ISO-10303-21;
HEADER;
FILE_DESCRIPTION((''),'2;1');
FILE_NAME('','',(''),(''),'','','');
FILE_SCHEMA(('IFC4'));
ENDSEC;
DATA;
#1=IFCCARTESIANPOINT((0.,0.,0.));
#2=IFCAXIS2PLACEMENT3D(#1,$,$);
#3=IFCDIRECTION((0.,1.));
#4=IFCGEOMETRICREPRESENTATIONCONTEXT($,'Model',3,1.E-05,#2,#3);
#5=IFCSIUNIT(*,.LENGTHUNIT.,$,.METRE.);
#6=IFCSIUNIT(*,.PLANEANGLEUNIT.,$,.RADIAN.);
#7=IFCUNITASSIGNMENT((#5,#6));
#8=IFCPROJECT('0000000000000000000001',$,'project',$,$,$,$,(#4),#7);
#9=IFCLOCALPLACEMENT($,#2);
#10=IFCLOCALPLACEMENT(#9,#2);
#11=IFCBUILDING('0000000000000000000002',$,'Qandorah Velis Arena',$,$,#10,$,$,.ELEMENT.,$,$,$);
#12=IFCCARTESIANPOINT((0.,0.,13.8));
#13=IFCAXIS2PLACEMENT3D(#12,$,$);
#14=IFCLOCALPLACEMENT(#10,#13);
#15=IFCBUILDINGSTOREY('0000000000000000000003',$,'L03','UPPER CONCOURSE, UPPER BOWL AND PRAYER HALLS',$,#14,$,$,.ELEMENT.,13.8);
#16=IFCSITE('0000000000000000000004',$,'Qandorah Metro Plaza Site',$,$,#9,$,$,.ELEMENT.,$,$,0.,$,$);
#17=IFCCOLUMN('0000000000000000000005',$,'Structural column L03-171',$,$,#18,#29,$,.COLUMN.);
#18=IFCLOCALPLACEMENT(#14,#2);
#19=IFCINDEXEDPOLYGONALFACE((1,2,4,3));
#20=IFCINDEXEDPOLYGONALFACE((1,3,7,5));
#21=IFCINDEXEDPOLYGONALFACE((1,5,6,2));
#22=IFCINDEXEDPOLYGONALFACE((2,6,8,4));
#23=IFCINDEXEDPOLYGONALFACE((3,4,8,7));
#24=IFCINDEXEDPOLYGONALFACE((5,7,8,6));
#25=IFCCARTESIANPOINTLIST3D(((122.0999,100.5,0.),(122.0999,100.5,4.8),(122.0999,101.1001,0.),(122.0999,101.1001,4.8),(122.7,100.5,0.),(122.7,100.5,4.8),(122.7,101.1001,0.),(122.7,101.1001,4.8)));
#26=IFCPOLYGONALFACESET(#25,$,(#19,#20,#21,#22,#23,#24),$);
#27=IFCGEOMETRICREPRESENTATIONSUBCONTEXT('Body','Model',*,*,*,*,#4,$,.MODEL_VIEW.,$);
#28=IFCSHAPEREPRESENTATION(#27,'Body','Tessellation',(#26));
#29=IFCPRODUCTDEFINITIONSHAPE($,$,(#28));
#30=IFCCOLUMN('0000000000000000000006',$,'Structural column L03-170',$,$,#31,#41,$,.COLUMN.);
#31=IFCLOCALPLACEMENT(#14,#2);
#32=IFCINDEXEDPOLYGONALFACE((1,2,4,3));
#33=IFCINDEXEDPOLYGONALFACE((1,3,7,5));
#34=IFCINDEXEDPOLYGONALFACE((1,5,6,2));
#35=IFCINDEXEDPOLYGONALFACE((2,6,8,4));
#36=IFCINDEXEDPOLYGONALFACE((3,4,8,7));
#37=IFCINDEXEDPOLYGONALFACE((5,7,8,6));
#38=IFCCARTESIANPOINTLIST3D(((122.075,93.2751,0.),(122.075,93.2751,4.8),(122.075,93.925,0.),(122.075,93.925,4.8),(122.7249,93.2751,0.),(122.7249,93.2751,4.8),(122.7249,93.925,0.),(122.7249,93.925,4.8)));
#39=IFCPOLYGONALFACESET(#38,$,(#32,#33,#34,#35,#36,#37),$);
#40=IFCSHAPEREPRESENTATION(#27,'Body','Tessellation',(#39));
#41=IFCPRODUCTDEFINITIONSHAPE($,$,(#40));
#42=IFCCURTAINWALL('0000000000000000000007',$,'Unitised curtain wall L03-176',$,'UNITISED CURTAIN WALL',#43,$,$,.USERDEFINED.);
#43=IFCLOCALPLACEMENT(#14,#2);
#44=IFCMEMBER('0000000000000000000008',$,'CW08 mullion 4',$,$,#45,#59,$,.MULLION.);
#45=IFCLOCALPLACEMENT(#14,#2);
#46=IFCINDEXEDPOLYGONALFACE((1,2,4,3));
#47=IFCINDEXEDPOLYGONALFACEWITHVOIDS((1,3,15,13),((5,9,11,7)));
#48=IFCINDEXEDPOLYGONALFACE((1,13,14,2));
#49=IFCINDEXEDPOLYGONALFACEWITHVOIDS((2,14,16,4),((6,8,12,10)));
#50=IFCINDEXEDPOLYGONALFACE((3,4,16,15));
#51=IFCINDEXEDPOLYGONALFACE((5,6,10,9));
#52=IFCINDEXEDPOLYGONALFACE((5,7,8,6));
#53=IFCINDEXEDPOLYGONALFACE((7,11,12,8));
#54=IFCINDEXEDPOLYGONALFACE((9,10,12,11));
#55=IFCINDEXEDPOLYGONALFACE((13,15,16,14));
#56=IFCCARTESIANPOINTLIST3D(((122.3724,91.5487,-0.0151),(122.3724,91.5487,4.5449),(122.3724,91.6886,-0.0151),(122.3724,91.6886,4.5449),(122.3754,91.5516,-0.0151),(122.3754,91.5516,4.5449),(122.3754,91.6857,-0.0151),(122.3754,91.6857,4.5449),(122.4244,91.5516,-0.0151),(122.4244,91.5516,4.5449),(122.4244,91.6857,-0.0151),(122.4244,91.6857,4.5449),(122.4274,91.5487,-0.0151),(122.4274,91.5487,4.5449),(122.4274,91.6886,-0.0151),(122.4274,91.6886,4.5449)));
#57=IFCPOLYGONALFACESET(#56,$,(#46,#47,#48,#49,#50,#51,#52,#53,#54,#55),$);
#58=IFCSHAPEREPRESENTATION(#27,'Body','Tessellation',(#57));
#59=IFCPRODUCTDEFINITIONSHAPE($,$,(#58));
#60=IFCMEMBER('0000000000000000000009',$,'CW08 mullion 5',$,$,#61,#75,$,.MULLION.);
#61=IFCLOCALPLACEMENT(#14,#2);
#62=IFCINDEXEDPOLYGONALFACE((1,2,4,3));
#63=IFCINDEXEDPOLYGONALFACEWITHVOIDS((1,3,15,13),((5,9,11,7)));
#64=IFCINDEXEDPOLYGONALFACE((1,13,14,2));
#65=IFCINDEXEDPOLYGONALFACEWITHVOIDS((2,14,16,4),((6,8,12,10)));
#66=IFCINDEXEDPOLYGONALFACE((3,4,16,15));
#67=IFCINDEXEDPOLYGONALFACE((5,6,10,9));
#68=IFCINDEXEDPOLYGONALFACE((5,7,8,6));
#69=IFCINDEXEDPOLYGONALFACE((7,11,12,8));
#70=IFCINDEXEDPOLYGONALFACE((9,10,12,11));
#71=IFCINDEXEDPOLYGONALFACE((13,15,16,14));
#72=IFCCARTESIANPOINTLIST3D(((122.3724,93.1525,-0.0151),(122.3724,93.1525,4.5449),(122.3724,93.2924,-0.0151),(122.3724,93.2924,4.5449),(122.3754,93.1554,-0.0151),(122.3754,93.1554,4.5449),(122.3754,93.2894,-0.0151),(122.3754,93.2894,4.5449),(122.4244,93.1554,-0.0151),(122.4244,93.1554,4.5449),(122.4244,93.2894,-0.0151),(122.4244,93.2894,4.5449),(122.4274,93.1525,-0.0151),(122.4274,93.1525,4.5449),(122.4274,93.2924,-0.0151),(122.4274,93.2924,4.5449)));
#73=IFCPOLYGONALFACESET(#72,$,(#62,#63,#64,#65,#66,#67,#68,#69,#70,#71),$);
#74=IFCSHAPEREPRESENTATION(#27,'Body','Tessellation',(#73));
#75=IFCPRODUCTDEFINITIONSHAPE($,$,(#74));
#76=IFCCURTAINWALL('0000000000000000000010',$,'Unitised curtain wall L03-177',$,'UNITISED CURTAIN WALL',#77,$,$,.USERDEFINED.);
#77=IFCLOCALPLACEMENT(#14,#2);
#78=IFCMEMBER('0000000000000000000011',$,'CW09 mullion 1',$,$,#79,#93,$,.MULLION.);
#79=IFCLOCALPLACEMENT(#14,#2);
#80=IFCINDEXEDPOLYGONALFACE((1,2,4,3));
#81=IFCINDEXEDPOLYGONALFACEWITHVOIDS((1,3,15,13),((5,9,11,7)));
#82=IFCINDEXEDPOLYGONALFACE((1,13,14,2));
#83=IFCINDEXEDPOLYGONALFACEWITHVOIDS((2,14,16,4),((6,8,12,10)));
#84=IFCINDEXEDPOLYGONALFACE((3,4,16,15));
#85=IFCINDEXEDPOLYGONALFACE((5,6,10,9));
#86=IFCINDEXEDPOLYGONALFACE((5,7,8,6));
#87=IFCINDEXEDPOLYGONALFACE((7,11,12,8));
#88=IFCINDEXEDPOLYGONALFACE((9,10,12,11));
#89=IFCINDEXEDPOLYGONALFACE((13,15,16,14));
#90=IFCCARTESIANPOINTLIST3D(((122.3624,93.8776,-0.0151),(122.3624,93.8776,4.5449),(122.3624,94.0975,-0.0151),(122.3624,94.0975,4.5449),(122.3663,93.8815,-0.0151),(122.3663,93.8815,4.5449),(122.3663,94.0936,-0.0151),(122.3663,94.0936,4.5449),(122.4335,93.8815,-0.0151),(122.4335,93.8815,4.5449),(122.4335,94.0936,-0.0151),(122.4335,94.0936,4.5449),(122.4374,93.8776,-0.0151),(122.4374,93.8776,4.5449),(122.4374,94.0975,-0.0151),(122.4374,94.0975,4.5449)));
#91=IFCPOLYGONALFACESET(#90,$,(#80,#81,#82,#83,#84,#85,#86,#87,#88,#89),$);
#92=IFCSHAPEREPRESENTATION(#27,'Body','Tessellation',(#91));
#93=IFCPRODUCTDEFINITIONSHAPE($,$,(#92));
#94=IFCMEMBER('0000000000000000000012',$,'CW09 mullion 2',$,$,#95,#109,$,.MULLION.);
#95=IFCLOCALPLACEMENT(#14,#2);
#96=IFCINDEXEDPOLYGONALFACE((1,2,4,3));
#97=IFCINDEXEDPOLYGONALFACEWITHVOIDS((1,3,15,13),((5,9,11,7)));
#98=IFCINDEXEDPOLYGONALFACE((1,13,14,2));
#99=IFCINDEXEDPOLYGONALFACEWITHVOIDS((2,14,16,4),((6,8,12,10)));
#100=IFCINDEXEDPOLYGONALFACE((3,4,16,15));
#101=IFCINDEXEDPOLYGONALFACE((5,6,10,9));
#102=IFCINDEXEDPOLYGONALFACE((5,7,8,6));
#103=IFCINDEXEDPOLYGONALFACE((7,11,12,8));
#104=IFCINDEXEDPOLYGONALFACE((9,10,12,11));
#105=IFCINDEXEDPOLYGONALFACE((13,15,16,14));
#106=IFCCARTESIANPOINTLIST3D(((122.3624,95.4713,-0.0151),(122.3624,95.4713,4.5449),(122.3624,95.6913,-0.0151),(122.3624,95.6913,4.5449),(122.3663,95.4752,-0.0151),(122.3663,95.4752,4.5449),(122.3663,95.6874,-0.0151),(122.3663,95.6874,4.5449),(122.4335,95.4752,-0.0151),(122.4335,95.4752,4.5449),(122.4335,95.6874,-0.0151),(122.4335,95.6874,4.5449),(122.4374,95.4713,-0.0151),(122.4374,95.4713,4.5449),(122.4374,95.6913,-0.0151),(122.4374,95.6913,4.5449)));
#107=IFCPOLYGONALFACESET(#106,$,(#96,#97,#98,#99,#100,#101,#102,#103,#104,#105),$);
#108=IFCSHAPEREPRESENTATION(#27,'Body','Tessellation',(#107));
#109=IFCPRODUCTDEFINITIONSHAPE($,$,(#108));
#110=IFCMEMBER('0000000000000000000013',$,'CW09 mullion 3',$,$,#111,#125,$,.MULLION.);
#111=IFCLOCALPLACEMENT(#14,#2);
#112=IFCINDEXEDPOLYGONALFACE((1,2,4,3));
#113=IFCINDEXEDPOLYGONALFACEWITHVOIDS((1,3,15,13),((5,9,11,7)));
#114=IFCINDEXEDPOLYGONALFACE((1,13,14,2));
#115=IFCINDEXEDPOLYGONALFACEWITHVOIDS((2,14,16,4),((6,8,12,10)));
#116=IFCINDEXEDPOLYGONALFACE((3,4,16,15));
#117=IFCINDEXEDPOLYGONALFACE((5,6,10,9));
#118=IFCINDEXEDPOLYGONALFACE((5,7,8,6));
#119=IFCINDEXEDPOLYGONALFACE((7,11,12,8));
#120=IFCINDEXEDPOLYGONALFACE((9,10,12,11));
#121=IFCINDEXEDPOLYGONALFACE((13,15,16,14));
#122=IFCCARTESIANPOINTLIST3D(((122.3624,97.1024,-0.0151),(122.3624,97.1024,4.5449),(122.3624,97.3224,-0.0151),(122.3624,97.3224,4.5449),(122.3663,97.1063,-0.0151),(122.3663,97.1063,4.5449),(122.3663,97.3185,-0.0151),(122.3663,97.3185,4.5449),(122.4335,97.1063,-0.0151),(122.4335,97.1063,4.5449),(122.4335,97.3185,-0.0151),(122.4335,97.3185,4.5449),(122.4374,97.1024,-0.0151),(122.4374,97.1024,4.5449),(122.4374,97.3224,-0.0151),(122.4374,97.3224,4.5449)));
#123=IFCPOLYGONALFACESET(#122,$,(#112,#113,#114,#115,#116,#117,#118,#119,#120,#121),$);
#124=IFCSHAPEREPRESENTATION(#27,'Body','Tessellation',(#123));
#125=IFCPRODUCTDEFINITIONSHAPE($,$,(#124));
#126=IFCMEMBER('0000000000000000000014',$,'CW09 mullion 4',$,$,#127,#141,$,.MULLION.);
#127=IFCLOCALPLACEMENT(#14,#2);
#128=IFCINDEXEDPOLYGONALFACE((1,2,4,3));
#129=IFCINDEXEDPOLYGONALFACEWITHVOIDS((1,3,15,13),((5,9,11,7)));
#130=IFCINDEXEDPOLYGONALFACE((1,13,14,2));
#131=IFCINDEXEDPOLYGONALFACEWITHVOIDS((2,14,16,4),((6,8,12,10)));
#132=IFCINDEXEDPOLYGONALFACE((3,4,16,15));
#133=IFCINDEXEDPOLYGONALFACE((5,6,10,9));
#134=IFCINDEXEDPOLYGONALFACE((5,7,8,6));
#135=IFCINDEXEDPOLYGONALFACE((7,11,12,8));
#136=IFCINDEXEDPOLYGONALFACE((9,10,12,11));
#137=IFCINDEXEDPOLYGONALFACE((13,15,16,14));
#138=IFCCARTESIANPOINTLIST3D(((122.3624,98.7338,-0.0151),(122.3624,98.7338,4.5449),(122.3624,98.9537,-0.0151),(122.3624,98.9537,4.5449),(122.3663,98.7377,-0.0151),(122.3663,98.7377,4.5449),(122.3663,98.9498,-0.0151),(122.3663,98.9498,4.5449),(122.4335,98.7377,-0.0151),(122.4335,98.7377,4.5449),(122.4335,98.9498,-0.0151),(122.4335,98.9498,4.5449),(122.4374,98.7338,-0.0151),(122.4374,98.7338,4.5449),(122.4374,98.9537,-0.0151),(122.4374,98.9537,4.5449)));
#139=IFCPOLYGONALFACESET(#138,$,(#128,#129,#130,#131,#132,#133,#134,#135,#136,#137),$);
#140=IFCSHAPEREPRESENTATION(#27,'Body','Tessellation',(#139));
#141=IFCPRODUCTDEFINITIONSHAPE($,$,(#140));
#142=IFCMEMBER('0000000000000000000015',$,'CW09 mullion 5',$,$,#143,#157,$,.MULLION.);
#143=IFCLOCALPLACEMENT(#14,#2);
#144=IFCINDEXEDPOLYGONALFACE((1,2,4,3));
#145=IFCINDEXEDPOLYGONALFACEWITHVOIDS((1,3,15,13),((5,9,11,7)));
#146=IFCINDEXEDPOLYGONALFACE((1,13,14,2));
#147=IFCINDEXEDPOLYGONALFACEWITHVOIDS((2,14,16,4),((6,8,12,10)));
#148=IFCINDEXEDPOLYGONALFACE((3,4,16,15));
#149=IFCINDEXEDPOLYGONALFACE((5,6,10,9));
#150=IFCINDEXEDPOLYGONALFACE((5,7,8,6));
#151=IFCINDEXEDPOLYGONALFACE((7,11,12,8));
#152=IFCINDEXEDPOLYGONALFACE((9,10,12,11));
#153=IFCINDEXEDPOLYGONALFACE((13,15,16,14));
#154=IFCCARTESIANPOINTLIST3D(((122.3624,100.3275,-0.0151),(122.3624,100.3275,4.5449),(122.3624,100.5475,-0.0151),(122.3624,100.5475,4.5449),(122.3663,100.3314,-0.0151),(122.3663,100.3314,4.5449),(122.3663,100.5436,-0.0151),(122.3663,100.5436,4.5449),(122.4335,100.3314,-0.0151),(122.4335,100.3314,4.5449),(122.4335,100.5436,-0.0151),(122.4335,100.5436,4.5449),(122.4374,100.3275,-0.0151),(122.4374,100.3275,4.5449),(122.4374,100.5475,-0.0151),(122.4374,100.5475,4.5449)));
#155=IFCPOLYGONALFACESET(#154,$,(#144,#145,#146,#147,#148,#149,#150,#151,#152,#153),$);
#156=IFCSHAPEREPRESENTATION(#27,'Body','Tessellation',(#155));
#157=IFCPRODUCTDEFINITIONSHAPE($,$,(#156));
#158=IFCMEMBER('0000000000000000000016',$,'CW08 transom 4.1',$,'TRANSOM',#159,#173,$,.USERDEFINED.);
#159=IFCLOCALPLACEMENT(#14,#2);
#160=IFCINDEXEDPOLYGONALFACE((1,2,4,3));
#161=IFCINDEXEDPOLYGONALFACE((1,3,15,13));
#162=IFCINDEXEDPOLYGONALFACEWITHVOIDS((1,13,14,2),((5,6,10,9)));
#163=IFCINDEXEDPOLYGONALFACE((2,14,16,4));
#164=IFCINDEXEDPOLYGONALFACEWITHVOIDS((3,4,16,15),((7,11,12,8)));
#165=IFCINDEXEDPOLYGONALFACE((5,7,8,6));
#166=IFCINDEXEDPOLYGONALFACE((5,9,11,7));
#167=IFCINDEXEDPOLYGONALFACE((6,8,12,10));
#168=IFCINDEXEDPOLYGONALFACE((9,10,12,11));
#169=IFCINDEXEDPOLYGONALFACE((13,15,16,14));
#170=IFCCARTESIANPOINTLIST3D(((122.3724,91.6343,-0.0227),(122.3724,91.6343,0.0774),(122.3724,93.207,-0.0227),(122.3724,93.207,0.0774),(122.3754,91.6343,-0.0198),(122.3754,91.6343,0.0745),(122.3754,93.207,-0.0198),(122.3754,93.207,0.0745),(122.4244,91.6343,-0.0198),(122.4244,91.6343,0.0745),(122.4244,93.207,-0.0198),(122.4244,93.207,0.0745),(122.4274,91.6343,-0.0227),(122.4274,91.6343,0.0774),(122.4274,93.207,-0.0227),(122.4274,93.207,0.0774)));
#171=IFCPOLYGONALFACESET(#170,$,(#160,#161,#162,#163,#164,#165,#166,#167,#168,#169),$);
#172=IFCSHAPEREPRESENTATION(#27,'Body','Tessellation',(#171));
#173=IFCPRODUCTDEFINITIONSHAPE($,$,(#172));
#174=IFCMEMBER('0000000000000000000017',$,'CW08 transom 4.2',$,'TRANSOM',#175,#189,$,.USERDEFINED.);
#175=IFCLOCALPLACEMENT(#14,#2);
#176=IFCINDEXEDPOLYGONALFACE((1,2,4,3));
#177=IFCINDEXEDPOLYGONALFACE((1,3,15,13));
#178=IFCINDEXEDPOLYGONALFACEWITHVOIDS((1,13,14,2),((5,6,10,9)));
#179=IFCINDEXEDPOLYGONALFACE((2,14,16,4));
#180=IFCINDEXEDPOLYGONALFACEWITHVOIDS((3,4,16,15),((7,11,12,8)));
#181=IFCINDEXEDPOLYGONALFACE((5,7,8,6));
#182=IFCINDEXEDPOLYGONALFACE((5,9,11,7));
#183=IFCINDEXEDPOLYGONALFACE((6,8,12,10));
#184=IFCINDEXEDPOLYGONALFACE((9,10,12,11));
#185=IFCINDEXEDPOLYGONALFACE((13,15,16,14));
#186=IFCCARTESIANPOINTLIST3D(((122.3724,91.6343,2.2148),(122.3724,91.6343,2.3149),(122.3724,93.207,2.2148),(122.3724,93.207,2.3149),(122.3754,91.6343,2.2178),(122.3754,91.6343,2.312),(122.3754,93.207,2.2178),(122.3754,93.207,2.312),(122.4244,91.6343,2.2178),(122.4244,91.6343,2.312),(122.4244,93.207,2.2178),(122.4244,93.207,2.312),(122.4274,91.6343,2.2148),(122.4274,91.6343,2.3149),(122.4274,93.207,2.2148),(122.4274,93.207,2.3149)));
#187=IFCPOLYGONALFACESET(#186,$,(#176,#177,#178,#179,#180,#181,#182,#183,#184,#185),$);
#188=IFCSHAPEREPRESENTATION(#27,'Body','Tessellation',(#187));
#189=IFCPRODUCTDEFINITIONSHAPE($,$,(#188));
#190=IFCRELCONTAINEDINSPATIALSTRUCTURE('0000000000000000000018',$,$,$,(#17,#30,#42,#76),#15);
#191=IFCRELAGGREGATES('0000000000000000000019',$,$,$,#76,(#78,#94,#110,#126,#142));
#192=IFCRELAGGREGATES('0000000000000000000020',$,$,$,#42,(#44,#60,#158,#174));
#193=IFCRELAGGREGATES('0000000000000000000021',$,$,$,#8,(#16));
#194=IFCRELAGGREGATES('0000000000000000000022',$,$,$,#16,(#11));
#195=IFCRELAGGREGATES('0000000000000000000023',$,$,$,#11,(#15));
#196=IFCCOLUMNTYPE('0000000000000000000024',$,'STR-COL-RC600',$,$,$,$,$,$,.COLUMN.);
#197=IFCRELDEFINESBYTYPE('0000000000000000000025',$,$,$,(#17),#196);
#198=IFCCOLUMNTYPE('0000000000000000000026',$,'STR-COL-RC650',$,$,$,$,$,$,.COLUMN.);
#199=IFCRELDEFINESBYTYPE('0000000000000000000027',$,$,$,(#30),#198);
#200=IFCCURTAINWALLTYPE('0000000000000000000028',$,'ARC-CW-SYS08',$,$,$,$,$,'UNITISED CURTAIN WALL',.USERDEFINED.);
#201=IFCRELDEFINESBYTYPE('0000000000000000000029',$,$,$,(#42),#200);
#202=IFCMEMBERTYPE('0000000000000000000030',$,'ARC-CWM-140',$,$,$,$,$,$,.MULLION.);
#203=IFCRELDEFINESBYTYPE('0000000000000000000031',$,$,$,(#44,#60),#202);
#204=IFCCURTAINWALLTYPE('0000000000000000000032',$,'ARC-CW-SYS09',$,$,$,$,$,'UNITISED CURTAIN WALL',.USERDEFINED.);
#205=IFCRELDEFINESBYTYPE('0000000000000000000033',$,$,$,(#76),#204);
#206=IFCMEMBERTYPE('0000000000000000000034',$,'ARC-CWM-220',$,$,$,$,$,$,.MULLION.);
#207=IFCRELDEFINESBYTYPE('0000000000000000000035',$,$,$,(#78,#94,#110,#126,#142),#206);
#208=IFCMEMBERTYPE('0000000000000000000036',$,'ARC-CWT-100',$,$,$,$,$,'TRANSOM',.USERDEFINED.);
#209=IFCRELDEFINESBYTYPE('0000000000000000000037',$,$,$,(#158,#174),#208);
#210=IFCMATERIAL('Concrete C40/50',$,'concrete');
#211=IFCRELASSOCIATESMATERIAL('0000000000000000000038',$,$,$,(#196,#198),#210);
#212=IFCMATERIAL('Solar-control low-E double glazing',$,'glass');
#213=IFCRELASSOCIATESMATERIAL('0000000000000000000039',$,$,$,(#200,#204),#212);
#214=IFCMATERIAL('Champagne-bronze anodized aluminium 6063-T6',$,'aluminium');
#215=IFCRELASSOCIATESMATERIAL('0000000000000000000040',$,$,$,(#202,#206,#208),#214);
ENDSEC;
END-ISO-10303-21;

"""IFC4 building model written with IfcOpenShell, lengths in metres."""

from ifc_helpers import new_model, si_unit, direction, frame, origin, origin_2d, place, context, subcontext, project, spatial, rectangle, hollow_rectangle, extrude, material, material_profile, profile_set, type_object, element, aggregate, save


model = new_model("IFC4")

# Units and contexts
model_context = context("Model", 3, precision=1e-05, world=origin(), true_north=direction((0.0, 1.0)))
body_context = subcontext(model_context, "Body", "Model", "MODEL_VIEW")
ifc_project = project(units=[si_unit("LENGTHUNIT", "METRE"), si_unit("PLANEANGLEUNIT", "RADIAN")], contexts=[model_context])

# Site, building, storey
site_placement = place(None, origin())
site = spatial("IfcSite", under=ifc_project, at=site_placement, Name="Qandorah Metro Plaza Site", CompositionType="ELEMENT", RefElevation=0.0)
building_placement = place(site_placement, origin())
building = spatial("IfcBuilding", under=site, at=building_placement, Name="Qandorah Velis Arena", CompositionType="ELEMENT")
storey_placement = place(building_placement, frame((0.0, 0.0, 13.8)))
storey = spatial("IfcBuildingStorey", under=building, at=storey_placement, Name="L03", Description="UPPER CONCOURSE, UPPER BOWL AND PRAYER HALLS", CompositionType="ELEMENT", Elevation=13.8)

# Columns
ifc_material_1 = material(Name="Concrete C40/50", Category="concrete")
ifc_material_profile_1 = material_profile(ifc_material_1, rectangle(XDim=0.6001, YDim=0.6001, at=origin_2d()), Name="RC COL 600x600")
ifc_profile_set_1 = profile_set([ifc_material_profile_1], Name="Concrete C40/50")
column_type_1 = type_object("IfcColumnType", Name="STR-COL-RC600", PredefinedType="COLUMN", material=ifc_profile_set_1)
column_1_placement = place(storey_placement, frame((122.3999, 100.8, 0.0), z_axis=(0.0, 0.0, 1.0), x_axis=(1.0, 0.0, 0.0)))
element("IfcColumn", 1, at=column_1_placement, inside=storey, type_object=column_type_1, Name="Structural column L03-171", PredefinedType="COLUMN", context=body_context, shape_type="SweptSolid", body=[
    extrude(rectangle(XDim=0.6001, YDim=0.6001, at=origin_2d()), origin(), (0.0, 0.0, 1.0), 4.8),
])
ifc_material_profile_2 = material_profile(ifc_material_1, rectangle(XDim=0.6499, YDim=0.6499, at=origin_2d()), Name="RC COL 650x650")
ifc_profile_set_2 = profile_set([ifc_material_profile_2], Name="Concrete C40/50")
column_type_2 = type_object("IfcColumnType", Name="STR-COL-RC650", PredefinedType="COLUMN", material=ifc_profile_set_2)
column_2_placement = place(storey_placement, frame((122.3999, 93.6001, 0.0), z_axis=(0.0, 0.0, 1.0), x_axis=(1.0, 0.0, 0.0)))
element("IfcColumn", 2, at=column_2_placement, inside=storey, type_object=column_type_2, Name="Structural column L03-170", PredefinedType="COLUMN", context=body_context, shape_type="SweptSolid", body=[
    extrude(rectangle(XDim=0.6499, YDim=0.6499, at=origin_2d()), origin(), (0.0, 0.0, 1.0), 4.8),
])

# Curtain walls, members
ifc_material_2 = material(Name="Solar-control low-E double glazing", Category="glass")
curtain_wall_type_1 = type_object("IfcCurtainWallType", Name="ARC-CW-SYS08", ElementType="UNITISED CURTAIN WALL", PredefinedType="USERDEFINED", material=ifc_material_2)
curtain_wall_1_placement = place(storey_placement, origin())
curtain_wall_1 = element("IfcCurtainWall", 3, at=curtain_wall_1_placement, inside=storey, type_object=curtain_wall_type_1, Name="Unitised curtain wall L03-176", ObjectType="UNITISED CURTAIN WALL", PredefinedType="USERDEFINED")
ifc_material_3 = material(Name="Champagne-bronze anodized aluminium 6063-T6", Category="aluminium")
ifc_material_profile_3 = material_profile(ifc_material_3, hollow_rectangle(XDim=0.0549, YDim=0.1399, WallThickness=0.0029, at=origin_2d()), Name="ALU MULLION 55x140")
ifc_profile_set_3 = profile_set([ifc_material_profile_3], Name="Champagne-bronze anodized aluminium 6063-T6")
member_type_1 = type_object("IfcMemberType", Name="ARC-CWM-140", PredefinedType="MULLION", material=ifc_profile_set_3)
member_1_placement = place(storey_placement, frame((122.3999, 91.6187, -0.0151), z_axis=(0.0, 0.0, 1.0), x_axis=(-1.0, 0.0, 0.0)))
member_1 = element("IfcMember", 4, at=member_1_placement, type_object=member_type_1, Name="CW08 mullion 4", PredefinedType="MULLION", context=body_context, shape_type="SweptSolid", body=[
    extrude(hollow_rectangle(XDim=0.0549, YDim=0.1399, WallThickness=0.0029, at=origin_2d()), origin(), (0.0, 0.0, 1.0), 4.5601),
])
member_2_placement = place(storey_placement, frame((122.3999, 93.2224, -0.0151), z_axis=(0.0, 0.0, 1.0), x_axis=(-1.0, 0.0, 0.0)))
member_2 = element("IfcMember", 5, at=member_2_placement, type_object=member_type_1, Name="CW08 mullion 5", PredefinedType="MULLION", context=body_context, shape_type="SweptSolid", body=[
    extrude(hollow_rectangle(XDim=0.0549, YDim=0.1399, WallThickness=0.0029, at=origin_2d()), origin(), (0.0, 0.0, 1.0), 4.5601),
])
curtain_wall_type_2 = type_object("IfcCurtainWallType", Name="ARC-CW-SYS09", ElementType="UNITISED CURTAIN WALL", PredefinedType="USERDEFINED", material=ifc_material_2)
curtain_wall_2_placement = place(storey_placement, origin())
curtain_wall_2 = element("IfcCurtainWall", 6, at=curtain_wall_2_placement, inside=storey, type_object=curtain_wall_type_2, Name="Unitised curtain wall L03-177", ObjectType="UNITISED CURTAIN WALL", PredefinedType="USERDEFINED")
ifc_material_profile_4 = material_profile(ifc_material_3, hollow_rectangle(XDim=0.075, YDim=0.22, WallThickness=0.0039, at=origin_2d()), Name="ALU MULLION 75x220")
ifc_profile_set_4 = profile_set([ifc_material_profile_4], Name="Champagne-bronze anodized aluminium 6063-T6")
member_type_2 = type_object("IfcMemberType", Name="ARC-CWM-220", PredefinedType="MULLION", material=ifc_profile_set_4)
member_3_placement = place(storey_placement, frame((122.3999, 93.9875, -0.0151), z_axis=(0.0, 0.0, 1.0), x_axis=(-1.0, 0.0, 0.0)))
member_3 = element("IfcMember", 7, at=member_3_placement, type_object=member_type_2, Name="CW09 mullion 1", PredefinedType="MULLION", context=body_context, shape_type="SweptSolid", body=[
    extrude(hollow_rectangle(XDim=0.075, YDim=0.22, WallThickness=0.0039, at=origin_2d()), origin(), (0.0, 0.0, 1.0), 4.5601),
])
member_4_placement = place(storey_placement, frame((122.3999, 95.5813, -0.0151), z_axis=(0.0, 0.0, 1.0), x_axis=(-1.0, 0.0, 0.0)))
member_4 = element("IfcMember", 8, at=member_4_placement, type_object=member_type_2, Name="CW09 mullion 2", PredefinedType="MULLION", context=body_context, shape_type="SweptSolid", body=[
    extrude(hollow_rectangle(XDim=0.075, YDim=0.22, WallThickness=0.0039, at=origin_2d()), origin(), (0.0, 0.0, 1.0), 4.5601),
])
member_5_placement = place(storey_placement, frame((122.3999, 97.2124, -0.0151), z_axis=(0.0, 0.0, 1.0), x_axis=(-1.0, 0.0, 0.0)))
member_5 = element("IfcMember", 9, at=member_5_placement, type_object=member_type_2, Name="CW09 mullion 3", PredefinedType="MULLION", context=body_context, shape_type="SweptSolid", body=[
    extrude(hollow_rectangle(XDim=0.075, YDim=0.22, WallThickness=0.0039, at=origin_2d()), origin(), (0.0, 0.0, 1.0), 4.5601),
])
member_6_placement = place(storey_placement, frame((122.3999, 98.8438, -0.0151), z_axis=(0.0, 0.0, 1.0), x_axis=(-1.0, 0.0, 0.0)))
member_6 = element("IfcMember", 10, at=member_6_placement, type_object=member_type_2, Name="CW09 mullion 4", PredefinedType="MULLION", context=body_context, shape_type="SweptSolid", body=[
    extrude(hollow_rectangle(XDim=0.075, YDim=0.22, WallThickness=0.0039, at=origin_2d()), origin(), (0.0, 0.0, 1.0), 4.5601),
])
member_7_placement = place(storey_placement, frame((122.3999, 100.4375, -0.0151), z_axis=(0.0, 0.0, 1.0), x_axis=(-1.0, 0.0, 0.0)))
member_7 = element("IfcMember", 11, at=member_7_placement, type_object=member_type_2, Name="CW09 mullion 5", PredefinedType="MULLION", context=body_context, shape_type="SweptSolid", body=[
    extrude(hollow_rectangle(XDim=0.075, YDim=0.22, WallThickness=0.0039, at=origin_2d()), origin(), (0.0, 0.0, 1.0), 4.5601),
])

# Members
ifc_material_profile_5 = material_profile(ifc_material_3, hollow_rectangle(XDim=0.0549, YDim=0.1001, WallThickness=0.0029, at=origin_2d()), Name="ALU TRANSOM 55x100")
ifc_profile_set_5 = profile_set([ifc_material_profile_5], Name="Champagne-bronze anodized aluminium 6063-T6")
member_type_3 = type_object("IfcMemberType", Name="ARC-CWT-100", ElementType="TRANSOM", PredefinedType="USERDEFINED", material=ifc_profile_set_5)
member_8_placement = place(storey_placement, frame((122.3999, 91.6343, 0.0273), z_axis=(0.0, 1.0, 0.0), x_axis=(-1.0, 0.0, 0.0)))
member_8 = element("IfcMember", 12, at=member_8_placement, type_object=member_type_3, Name="CW08 transom 4.1", ObjectType="TRANSOM", PredefinedType="USERDEFINED", context=body_context, shape_type="SweptSolid", body=[
    extrude(hollow_rectangle(XDim=0.0549, YDim=0.1001, WallThickness=0.0029, at=origin_2d()), origin(), (0.0, 0.0, 1.0), 1.5728),
])
member_9_placement = place(storey_placement, frame((122.3999, 91.6343, 2.2649), z_axis=(0.0, 1.0, 0.0), x_axis=(-1.0, 0.0, 0.0)))
member_9 = element("IfcMember", 13, at=member_9_placement, type_object=member_type_3, Name="CW08 transom 4.2", ObjectType="TRANSOM", PredefinedType="USERDEFINED", context=body_context, shape_type="SweptSolid", body=[
    extrude(hollow_rectangle(XDim=0.0549, YDim=0.1001, WallThickness=0.0029, at=origin_2d()), origin(), (0.0, 0.0, 1.0), 1.5728),
])

aggregate(curtain_wall_2, [member_3, member_4, member_5, member_6, member_7])
aggregate(curtain_wall_1, [member_1, member_2, member_8, member_9])

save(model, "model.ifc")
